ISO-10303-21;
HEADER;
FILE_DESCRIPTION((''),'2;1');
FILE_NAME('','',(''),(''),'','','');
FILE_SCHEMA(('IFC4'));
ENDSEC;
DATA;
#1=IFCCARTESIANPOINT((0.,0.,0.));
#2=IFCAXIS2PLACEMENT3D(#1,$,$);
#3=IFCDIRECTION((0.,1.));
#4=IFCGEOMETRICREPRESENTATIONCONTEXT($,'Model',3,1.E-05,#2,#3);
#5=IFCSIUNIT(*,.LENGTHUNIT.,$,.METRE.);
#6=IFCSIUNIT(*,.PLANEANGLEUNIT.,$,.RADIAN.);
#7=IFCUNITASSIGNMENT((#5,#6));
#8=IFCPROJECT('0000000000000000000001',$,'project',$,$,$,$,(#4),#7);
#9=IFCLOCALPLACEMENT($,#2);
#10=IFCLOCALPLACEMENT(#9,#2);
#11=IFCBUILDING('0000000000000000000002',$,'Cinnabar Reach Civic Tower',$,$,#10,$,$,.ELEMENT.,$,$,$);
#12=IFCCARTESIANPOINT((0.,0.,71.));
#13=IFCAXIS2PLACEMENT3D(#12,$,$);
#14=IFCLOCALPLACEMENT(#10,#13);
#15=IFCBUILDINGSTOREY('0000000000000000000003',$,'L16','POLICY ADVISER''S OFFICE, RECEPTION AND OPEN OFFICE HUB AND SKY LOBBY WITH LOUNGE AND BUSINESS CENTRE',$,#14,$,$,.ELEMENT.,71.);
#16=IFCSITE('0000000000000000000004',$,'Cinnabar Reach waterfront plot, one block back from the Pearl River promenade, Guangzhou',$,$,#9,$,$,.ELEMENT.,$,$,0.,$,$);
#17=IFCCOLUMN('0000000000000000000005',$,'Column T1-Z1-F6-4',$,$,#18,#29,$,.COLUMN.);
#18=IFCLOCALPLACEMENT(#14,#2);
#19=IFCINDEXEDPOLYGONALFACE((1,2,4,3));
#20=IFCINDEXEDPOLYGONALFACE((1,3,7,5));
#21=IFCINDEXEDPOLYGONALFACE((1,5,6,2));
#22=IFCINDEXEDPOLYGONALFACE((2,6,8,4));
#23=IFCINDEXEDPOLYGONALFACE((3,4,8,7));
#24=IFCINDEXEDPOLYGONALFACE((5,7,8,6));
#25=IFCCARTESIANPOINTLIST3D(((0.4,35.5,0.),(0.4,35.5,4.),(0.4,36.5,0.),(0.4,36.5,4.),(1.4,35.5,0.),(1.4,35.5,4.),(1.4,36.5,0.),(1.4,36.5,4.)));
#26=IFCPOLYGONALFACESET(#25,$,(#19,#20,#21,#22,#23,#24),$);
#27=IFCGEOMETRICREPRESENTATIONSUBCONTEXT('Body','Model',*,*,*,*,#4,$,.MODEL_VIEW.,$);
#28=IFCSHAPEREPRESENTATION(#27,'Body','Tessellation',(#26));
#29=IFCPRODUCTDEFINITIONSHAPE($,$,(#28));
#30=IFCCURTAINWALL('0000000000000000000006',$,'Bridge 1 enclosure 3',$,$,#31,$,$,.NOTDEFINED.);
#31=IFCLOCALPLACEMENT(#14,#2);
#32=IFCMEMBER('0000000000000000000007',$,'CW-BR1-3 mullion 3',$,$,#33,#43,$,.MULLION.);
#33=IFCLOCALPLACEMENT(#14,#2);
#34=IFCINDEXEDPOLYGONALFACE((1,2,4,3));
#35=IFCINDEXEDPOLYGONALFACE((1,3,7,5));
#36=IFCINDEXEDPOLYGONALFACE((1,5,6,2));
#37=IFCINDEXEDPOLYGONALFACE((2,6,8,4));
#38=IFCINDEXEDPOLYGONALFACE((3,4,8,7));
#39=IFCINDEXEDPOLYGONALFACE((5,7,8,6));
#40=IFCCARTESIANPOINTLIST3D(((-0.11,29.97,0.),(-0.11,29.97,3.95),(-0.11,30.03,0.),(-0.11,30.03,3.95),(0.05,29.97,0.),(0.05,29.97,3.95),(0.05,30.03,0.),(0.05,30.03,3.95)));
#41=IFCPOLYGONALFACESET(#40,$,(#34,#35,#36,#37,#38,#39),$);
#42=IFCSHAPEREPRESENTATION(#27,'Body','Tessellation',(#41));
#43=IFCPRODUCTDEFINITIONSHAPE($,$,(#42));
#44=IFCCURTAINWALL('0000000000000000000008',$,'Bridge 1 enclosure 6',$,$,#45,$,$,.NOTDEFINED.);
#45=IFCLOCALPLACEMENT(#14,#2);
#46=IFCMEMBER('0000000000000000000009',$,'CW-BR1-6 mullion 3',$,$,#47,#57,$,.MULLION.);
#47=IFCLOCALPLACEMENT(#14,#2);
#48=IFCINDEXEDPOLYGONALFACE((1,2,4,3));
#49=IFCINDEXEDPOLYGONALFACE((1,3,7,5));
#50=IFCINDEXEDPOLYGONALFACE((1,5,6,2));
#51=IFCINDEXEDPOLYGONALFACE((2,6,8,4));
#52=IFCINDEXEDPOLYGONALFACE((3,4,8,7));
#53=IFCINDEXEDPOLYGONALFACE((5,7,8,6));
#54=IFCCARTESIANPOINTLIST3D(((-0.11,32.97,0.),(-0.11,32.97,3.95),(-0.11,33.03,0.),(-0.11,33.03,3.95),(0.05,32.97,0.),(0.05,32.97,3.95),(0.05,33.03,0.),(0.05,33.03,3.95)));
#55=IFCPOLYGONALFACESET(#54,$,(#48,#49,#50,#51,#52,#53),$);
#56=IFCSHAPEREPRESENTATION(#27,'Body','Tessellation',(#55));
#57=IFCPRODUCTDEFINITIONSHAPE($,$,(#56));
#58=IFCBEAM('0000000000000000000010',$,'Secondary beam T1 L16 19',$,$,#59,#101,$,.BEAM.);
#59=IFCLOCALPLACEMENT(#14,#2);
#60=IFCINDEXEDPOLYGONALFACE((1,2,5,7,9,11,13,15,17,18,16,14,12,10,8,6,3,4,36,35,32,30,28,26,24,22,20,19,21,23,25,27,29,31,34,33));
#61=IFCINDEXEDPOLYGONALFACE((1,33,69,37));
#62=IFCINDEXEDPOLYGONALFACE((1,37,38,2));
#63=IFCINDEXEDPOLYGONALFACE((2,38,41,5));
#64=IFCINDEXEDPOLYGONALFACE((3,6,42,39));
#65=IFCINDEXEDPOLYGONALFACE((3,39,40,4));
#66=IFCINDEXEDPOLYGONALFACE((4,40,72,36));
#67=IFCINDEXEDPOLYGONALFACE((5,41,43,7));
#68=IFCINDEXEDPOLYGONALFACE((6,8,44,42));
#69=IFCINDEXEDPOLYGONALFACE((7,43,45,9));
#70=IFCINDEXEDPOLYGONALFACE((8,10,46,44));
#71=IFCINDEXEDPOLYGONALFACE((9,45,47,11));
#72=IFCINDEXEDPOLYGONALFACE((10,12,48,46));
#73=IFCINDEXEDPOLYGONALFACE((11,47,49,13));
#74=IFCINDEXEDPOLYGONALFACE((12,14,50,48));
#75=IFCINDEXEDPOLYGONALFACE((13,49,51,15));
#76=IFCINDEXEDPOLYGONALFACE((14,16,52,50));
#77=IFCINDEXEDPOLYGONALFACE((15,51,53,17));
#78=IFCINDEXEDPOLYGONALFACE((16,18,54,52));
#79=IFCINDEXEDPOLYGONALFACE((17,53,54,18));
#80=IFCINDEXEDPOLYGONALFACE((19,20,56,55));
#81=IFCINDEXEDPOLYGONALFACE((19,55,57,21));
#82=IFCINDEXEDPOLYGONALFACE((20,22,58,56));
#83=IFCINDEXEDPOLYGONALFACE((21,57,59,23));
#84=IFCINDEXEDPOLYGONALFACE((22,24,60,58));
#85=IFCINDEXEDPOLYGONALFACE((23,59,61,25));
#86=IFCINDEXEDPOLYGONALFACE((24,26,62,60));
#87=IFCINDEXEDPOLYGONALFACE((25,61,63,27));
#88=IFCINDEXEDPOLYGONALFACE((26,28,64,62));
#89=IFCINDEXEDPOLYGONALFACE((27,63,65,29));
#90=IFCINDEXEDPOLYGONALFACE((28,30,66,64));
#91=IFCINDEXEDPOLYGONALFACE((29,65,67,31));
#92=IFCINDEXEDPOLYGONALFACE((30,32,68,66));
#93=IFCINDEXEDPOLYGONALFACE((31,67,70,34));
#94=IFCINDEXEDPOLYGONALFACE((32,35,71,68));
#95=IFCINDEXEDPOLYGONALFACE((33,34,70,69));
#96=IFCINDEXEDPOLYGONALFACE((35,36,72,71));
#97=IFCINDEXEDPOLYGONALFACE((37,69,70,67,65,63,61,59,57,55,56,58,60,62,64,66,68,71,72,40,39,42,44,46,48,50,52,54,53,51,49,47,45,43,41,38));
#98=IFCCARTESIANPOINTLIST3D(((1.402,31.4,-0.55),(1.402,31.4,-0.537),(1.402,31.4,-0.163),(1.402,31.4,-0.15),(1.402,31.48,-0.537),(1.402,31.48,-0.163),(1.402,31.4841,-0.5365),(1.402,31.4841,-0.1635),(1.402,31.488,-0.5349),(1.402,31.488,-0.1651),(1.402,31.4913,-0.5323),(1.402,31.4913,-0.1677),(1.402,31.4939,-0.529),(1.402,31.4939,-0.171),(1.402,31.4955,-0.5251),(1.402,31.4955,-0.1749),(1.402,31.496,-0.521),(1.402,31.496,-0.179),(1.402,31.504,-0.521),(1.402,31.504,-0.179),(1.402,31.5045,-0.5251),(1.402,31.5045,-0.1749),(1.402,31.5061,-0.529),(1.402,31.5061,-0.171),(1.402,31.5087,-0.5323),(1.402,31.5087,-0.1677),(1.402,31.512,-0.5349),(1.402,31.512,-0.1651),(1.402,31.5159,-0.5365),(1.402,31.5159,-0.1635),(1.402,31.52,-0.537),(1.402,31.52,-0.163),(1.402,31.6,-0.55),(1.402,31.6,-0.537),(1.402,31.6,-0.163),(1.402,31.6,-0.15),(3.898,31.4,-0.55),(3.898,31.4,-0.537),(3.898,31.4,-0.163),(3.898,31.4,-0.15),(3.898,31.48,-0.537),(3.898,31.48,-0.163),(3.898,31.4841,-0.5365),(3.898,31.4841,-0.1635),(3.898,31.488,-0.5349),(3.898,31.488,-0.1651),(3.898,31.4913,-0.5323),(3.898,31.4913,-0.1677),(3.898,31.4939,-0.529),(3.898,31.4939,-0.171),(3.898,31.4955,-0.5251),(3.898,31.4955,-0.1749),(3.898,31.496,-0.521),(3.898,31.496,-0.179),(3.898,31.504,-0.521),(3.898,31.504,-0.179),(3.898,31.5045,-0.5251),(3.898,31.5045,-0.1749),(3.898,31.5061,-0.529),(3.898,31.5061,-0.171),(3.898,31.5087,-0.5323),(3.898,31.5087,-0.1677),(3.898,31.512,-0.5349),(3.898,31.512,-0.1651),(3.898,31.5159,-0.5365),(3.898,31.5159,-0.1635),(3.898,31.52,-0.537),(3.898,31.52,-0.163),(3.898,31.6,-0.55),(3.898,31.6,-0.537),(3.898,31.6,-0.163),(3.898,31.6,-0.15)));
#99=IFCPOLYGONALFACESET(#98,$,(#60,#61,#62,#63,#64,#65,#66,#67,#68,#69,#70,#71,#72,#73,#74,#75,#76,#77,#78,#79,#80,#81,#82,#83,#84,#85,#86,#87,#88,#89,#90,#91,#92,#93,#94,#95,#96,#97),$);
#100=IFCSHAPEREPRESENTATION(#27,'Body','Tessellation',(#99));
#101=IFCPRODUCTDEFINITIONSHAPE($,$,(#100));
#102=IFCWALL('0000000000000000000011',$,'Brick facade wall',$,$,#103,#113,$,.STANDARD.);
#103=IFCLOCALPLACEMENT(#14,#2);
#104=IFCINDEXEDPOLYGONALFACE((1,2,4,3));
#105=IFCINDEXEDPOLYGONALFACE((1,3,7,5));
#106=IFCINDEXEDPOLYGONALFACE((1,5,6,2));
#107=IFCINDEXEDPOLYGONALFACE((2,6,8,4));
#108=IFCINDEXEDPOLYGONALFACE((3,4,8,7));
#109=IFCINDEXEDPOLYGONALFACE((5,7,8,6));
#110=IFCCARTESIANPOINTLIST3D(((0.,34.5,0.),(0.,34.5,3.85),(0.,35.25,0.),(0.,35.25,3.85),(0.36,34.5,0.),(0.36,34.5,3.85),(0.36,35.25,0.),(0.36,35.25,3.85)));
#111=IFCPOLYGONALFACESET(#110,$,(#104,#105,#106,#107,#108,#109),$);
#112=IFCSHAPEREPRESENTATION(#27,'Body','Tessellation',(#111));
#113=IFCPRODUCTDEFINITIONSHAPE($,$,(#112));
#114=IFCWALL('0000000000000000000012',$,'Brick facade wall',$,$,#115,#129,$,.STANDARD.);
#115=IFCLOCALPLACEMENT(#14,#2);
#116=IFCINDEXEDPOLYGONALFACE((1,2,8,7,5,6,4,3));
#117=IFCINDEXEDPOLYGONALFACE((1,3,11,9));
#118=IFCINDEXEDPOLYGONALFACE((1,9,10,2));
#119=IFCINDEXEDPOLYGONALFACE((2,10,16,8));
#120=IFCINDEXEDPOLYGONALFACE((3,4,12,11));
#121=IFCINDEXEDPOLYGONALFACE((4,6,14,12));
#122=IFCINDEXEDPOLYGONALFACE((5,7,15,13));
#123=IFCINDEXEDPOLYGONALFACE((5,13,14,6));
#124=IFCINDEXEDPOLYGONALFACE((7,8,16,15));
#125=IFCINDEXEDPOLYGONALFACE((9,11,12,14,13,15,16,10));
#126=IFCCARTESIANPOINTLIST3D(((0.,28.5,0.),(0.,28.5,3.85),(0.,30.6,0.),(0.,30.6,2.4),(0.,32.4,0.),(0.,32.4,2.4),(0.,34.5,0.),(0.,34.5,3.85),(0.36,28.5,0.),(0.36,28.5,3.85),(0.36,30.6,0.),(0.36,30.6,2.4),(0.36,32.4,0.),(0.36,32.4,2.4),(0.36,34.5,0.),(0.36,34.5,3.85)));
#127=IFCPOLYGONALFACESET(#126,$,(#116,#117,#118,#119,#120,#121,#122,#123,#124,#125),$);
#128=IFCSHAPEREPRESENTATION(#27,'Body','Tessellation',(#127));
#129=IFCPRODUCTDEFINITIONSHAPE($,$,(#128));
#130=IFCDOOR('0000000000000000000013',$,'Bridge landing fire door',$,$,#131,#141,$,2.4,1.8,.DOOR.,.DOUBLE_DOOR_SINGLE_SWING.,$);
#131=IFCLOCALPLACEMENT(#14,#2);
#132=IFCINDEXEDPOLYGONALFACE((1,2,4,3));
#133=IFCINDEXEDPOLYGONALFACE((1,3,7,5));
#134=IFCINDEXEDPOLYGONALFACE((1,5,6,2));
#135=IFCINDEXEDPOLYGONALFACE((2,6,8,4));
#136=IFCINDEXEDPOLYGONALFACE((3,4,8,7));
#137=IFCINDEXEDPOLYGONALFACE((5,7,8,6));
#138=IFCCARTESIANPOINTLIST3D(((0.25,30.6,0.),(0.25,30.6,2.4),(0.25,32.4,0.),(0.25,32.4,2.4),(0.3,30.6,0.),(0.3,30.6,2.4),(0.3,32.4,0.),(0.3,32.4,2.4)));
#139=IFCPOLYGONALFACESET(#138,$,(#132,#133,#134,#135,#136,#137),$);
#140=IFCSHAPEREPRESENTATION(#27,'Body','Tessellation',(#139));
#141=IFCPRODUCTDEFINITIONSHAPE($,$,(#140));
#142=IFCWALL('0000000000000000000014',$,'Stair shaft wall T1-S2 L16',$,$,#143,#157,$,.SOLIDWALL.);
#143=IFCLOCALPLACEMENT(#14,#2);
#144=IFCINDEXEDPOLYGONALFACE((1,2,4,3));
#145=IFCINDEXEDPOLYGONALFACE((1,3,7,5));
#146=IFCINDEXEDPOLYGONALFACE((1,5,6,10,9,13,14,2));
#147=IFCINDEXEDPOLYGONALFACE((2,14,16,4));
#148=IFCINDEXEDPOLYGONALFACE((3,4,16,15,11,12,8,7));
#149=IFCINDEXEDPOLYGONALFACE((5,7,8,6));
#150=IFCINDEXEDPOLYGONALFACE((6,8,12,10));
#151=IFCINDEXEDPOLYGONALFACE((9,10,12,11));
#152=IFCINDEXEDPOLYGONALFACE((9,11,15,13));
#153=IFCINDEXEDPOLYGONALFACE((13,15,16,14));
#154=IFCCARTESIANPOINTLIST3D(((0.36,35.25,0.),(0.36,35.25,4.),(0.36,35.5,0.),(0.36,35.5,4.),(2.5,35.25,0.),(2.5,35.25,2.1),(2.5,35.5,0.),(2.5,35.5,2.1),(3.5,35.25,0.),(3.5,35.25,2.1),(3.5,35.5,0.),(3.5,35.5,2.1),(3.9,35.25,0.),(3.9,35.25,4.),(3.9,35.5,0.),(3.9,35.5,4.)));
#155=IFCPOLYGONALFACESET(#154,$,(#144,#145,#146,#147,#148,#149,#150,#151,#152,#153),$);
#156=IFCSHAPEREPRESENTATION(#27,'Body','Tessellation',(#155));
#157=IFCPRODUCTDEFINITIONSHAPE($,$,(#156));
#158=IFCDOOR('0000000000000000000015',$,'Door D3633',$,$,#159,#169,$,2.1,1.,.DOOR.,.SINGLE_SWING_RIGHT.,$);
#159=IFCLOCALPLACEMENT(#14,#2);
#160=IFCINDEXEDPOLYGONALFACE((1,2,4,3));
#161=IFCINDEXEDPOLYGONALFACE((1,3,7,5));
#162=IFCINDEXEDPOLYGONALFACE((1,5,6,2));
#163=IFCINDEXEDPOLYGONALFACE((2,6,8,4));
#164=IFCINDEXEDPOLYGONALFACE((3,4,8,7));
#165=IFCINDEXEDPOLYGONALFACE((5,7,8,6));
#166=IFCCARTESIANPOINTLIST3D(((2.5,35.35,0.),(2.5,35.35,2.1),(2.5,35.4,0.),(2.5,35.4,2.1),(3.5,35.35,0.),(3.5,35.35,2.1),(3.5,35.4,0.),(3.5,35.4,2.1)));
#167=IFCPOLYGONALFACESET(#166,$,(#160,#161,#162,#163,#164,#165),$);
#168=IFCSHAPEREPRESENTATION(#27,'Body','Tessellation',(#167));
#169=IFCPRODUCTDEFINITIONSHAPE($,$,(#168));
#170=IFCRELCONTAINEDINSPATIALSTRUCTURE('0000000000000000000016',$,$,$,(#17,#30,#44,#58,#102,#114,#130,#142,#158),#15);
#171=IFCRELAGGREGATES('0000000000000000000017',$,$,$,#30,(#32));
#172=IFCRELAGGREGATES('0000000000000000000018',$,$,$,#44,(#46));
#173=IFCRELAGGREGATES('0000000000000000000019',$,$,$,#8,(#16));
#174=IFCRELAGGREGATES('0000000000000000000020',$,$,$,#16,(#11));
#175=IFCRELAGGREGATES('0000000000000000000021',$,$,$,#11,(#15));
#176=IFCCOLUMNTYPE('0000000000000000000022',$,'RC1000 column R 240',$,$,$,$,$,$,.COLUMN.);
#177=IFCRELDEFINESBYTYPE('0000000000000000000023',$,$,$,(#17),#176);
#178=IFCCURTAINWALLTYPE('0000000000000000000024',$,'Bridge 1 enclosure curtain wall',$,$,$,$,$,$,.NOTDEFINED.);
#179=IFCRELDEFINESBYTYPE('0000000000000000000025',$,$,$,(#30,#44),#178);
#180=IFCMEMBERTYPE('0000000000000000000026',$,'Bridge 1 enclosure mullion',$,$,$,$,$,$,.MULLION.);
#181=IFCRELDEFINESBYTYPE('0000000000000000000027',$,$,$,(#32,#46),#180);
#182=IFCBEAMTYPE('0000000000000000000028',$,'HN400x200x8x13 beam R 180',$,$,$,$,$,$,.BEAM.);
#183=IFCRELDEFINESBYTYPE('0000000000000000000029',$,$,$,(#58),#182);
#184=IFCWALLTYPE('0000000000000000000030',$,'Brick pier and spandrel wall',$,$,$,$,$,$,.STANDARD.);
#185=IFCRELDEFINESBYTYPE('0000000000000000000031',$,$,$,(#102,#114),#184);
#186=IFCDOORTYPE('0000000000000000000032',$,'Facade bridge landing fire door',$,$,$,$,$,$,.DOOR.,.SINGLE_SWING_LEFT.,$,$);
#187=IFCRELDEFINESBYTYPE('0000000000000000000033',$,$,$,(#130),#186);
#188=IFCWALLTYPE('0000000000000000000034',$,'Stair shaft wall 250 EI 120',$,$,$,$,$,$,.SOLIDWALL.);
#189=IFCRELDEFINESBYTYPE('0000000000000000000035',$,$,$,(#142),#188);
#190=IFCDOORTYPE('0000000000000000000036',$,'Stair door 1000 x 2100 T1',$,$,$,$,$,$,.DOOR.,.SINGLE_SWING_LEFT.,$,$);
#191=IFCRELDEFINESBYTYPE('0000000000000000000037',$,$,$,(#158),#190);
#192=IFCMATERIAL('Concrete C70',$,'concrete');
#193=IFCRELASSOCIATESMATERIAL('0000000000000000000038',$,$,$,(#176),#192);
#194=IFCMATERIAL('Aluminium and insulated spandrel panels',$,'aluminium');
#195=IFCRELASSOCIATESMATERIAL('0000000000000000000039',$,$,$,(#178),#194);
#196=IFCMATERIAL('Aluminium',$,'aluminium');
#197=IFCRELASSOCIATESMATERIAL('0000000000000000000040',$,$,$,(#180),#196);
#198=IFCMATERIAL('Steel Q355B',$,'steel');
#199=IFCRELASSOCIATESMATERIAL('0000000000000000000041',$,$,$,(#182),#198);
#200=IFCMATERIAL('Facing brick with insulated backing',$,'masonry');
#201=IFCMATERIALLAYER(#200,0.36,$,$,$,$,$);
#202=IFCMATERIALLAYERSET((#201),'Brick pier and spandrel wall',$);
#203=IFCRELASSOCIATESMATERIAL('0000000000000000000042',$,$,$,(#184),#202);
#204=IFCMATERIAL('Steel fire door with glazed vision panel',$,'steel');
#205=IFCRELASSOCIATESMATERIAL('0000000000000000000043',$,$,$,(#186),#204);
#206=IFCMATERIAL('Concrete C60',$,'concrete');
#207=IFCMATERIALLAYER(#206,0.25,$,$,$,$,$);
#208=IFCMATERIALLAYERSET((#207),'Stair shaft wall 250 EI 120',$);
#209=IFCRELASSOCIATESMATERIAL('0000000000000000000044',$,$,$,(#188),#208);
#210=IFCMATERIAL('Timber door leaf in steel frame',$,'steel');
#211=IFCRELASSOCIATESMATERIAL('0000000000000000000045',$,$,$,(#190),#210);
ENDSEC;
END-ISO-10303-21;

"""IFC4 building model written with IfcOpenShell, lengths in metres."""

from ifc_helpers import new_model, si_unit, direction, frame, frame_2d, origin, origin_2d, place, context, subcontext, project, spatial, rectangle, i_section, extrude, material, layer, layer_set, material_profile, profile_set, type_object, element, fill, aggregate, save


model = new_model("IFC4")

# Units and contexts
model_context = context("Model", 3, precision=1e-05, world=origin(), true_north=direction((0.0, 1.0)))
body_context = subcontext(model_context, "Body", "Model", "MODEL_VIEW")
ifc_project = project(units=[si_unit("LENGTHUNIT", "METRE"), si_unit("PLANEANGLEUNIT", "RADIAN")], contexts=[model_context])

# Site, building, storey
site_placement = place(None, origin())
site = spatial("IfcSite", under=ifc_project, at=site_placement, Name="Cinnabar Reach waterfront plot, one block back from the Pearl River promenade, Guangzhou", CompositionType="ELEMENT", RefElevation=0.0)
building_placement = place(site_placement, origin())
building = spatial("IfcBuilding", under=site, at=building_placement, Name="Cinnabar Reach Civic Tower", CompositionType="ELEMENT")
storey_placement = place(building_placement, frame((0.0, 0.0, 71.0)))
storey = spatial("IfcBuildingStorey", under=building, at=storey_placement, Name="L16", Description="POLICY ADVISER'S OFFICE, RECEPTION AND OPEN OFFICE HUB AND SKY LOBBY WITH LOUNGE AND BUSINESS CENTRE", CompositionType="ELEMENT", Elevation=71.0)

# Column
ifc_material_1 = material(Name="Concrete C70", Category="concrete")
ifc_material_profile_1 = material_profile(ifc_material_1, rectangle(XDim=1.0, YDim=1.0, at=origin_2d()), Name="RC1000")
ifc_profile_set_1 = profile_set([ifc_material_profile_1], Name="Concrete C70")
column_type = type_object("IfcColumnType", Name="RC1000 column R 240", PredefinedType="COLUMN", material=ifc_profile_set_1)
column_placement = place(storey_placement, frame((0.9, 36.0, 0.0), z_axis=(0.0, 0.0, 1.0), x_axis=(1.0, 0.0, 0.0)))
element("IfcColumn", 1, at=column_placement, inside=storey, type_object=column_type, Name="Column T1-Z1-F6-4", PredefinedType="COLUMN", context=body_context, shape_type="SweptSolid", body=[
    extrude(rectangle(XDim=1.0, YDim=1.0, at=origin_2d()), origin(), (0.0, 0.0, 1.0), 4.0),
])

# Curtain walls, members
ifc_material_2 = material(Name="Aluminium and insulated spandrel panels", Category="aluminium")
curtain_wall_type = type_object("IfcCurtainWallType", Name="Bridge 1 enclosure curtain wall", PredefinedType="NOTDEFINED", material=ifc_material_2)
curtain_wall_1_placement = place(storey_placement, origin())
curtain_wall_1 = element("IfcCurtainWall", 2, at=curtain_wall_1_placement, inside=storey, type_object=curtain_wall_type, Name="Bridge 1 enclosure 3", PredefinedType="NOTDEFINED")
ifc_material_3 = material(Name="Aluminium", Category="aluminium")
ifc_material_profile_2 = material_profile(ifc_material_3, rectangle(XDim=0.06, YDim=0.16, at=origin_2d()), Name="Bridge 1 enclosure mullion")
ifc_profile_set_2 = profile_set([ifc_material_profile_2], Name="Aluminium")
member_type = type_object("IfcMemberType", Name="Bridge 1 enclosure mullion", PredefinedType="MULLION", material=ifc_profile_set_2)
member_1_placement = place(storey_placement, frame((-0.03, 30.0, 0.0), z_axis=(0.0, 0.0, 1.0), x_axis=(0.0, 1.0, 0.0)))
member_1 = element("IfcMember", 3, at=member_1_placement, type_object=member_type, Name="CW-BR1-3 mullion 3", PredefinedType="MULLION", context=body_context, shape_type="SweptSolid", body=[
    extrude(rectangle(XDim=0.06, YDim=0.16, at=origin_2d()), origin(), (0.0, 0.0, 1.0), 3.95),
])
aggregate(curtain_wall_1, [member_1])
curtain_wall_2_placement = place(storey_placement, origin())
curtain_wall_2 = element("IfcCurtainWall", 4, at=curtain_wall_2_placement, inside=storey, type_object=curtain_wall_type, Name="Bridge 1 enclosure 6", PredefinedType="NOTDEFINED")
member_2_placement = place(storey_placement, frame((-0.03, 33.0, 0.0), z_axis=(0.0, 0.0, 1.0), x_axis=(0.0, 1.0, 0.0)))
member_2 = element("IfcMember", 5, at=member_2_placement, type_object=member_type, Name="CW-BR1-6 mullion 3", PredefinedType="MULLION", context=body_context, shape_type="SweptSolid", body=[
    extrude(rectangle(XDim=0.06, YDim=0.16, at=origin_2d()), origin(), (0.0, 0.0, 1.0), 3.95),
])
aggregate(curtain_wall_2, [member_2])

# Beam
ifc_material_4 = material(Name="Steel Q355B", Category="steel")
ifc_material_profile_3 = material_profile(ifc_material_4, i_section(OverallWidth=0.2, OverallDepth=0.4, WebThickness=0.008, FlangeThickness=0.013, FilletRadius=0.016, at=origin_2d()), Name="HN400x200x8x13")
ifc_profile_set_3 = profile_set([ifc_material_profile_3], Name="Steel Q355B")
beam_type = type_object("IfcBeamType", Name="HN400x200x8x13 beam R 180", PredefinedType="BEAM", material=ifc_profile_set_3)
beam_placement = place(storey_placement, frame((1.402, 31.5, -0.35), z_axis=(1.0, 0.0, 0.0), x_axis=(0.0, 1.0, 0.0)))
element("IfcBeam", 6, at=beam_placement, inside=storey, type_object=beam_type, Name="Secondary beam T1 L16 19", PredefinedType="BEAM", context=body_context, shape_type="SweptSolid", body=[
    extrude(i_section(OverallWidth=0.2, OverallDepth=0.4, WebThickness=0.008, FlangeThickness=0.013, FilletRadius=0.016, at=origin_2d()), origin(), (0.0, 0.0, 1.0), 2.496),
])

# Wall
ifc_material_5 = material(Name="Facing brick with insulated backing", Category="masonry")
ifc_layer_1 = layer(ifc_material_5, 0.36)
ifc_layer_set_1 = layer_set([ifc_layer_1], Name="Brick pier and spandrel wall")
wall_type_1 = type_object("IfcWallType", Name="Brick pier and spandrel wall", PredefinedType="STANDARD", material=ifc_layer_set_1)
wall_1_placement = place(storey_placement, frame((0.18, 35.25, 0.0), z_axis=(0.0, 0.0, 1.0), x_axis=(0.0, -1.0, 0.0)))
element("IfcWall", 7, at=wall_1_placement, inside=storey, type_object=wall_type_1, Name="Brick facade wall", PredefinedType="STANDARD", context=body_context, shape_type="SweptSolid", body=[
    extrude(rectangle(XDim=0.75, YDim=0.36, at=frame_2d((0.375, 0.0))), origin(), (0.0, 0.0, 1.0), 3.85),
])

# Walls, openings, doors
wall_2_placement = place(storey_placement, frame((0.18, 34.5, 0.0), z_axis=(0.0, 0.0, 1.0), x_axis=(0.0, -1.0, 0.0)))
wall_2 = element("IfcWall", 8, at=wall_2_placement, inside=storey, type_object=wall_type_1, Name="Brick facade wall", PredefinedType="STANDARD", context=body_context, shape_type="SweptSolid", body=[
    extrude(rectangle(XDim=6.0, YDim=0.36, at=frame_2d((3.0, 0.0))), origin(), (0.0, 0.0, 1.0), 3.85),
])
opening_1_placement = place(wall_2_placement, frame((2.1, 0.0, 0.0)))
opening_1 = element("IfcOpeningElement", 9, at=opening_1_placement, cuts=wall_2, PredefinedType="OPENING", context=body_context, shape_type="SweptSolid", body=[
    extrude(rectangle(XDim=1.8, YDim=2.4, at=frame_2d((0.9, 1.2))), frame((0.0, 0.19, 0.0), z_axis=(0.0, -1.0, 0.0), x_axis=(1.0, 0.0, 0.0)), (0.0, 0.0, 1.0), 0.38),
])
ifc_material_6 = material(Name="Steel fire door with glazed vision panel", Category="steel")
door_type_1 = type_object("IfcDoorType", Name="Facade bridge landing fire door", OperationType="SINGLE_SWING_LEFT", PredefinedType="DOOR", material=ifc_material_6)
door_1_placement = place(opening_1_placement, frame((1.8, 0.0, 0.0), z_axis=(0.0, 0.0, 1.0), x_axis=(-1.0, 0.0, 0.0)))
door_1 = element("IfcDoor", 10, at=door_1_placement, inside=storey, type_object=door_type_1, Name="Bridge landing fire door", OperationType="DOUBLE_DOOR_SINGLE_SWING", OverallHeight=2.4, OverallWidth=1.8, PredefinedType="DOOR", context=body_context, shape_type="SweptSolid", body=[
    extrude(rectangle(XDim=1.8, YDim=2.4, at=frame_2d((0.9, 1.2))), frame((0.0, -0.07, 0.0), z_axis=(0.0, -1.0, 0.0), x_axis=(1.0, 0.0, 0.0)), (0.0, 0.0, 1.0), 0.05),
])
fill(opening_1, door_1)
ifc_material_7 = material(Name="Concrete C60", Category="concrete")
ifc_layer_2 = layer(ifc_material_7, 0.25)
ifc_layer_set_2 = layer_set([ifc_layer_2], Name="Stair shaft wall 250 EI 120")
wall_type_2 = type_object("IfcWallType", Name="Stair shaft wall 250 EI 120", PredefinedType="SOLIDWALL", material=ifc_layer_set_2)
wall_3_placement = place(storey_placement, frame((0.36, 35.375, 0.0), z_axis=(0.0, 0.0, 1.0), x_axis=(1.0, 0.0, 0.0)))
wall_3 = element("IfcWall", 11, at=wall_3_placement, inside=storey, type_object=wall_type_2, Name="Stair shaft wall T1-S2 L16", PredefinedType="SOLIDWALL", context=body_context, shape_type="SweptSolid", body=[
    extrude(rectangle(XDim=3.54, YDim=0.25, at=frame_2d((1.77, 0.0))), origin(), (0.0, 0.0, 1.0), 4.0),
])
opening_2_placement = place(wall_3_placement, frame((2.14, 0.0, 0.0)))
opening_2 = element("IfcOpeningElement", 12, at=opening_2_placement, cuts=wall_3, PredefinedType="OPENING", context=body_context, shape_type="SweptSolid", body=[
    extrude(rectangle(XDim=1.0, YDim=2.1, at=frame_2d((0.5, 1.05))), frame((0.0, 0.135, 0.0), z_axis=(0.0, -1.0, 0.0), x_axis=(1.0, 0.0, 0.0)), (0.0, 0.0, 1.0), 0.27),
])
ifc_material_8 = material(Name="Timber door leaf in steel frame", Category="steel")
door_type_2 = type_object("IfcDoorType", Name="Stair door 1000 x 2100 T1", OperationType="SINGLE_SWING_LEFT", PredefinedType="DOOR", material=ifc_material_8)
door_2_placement = place(opening_2_placement, origin())
door_2 = element("IfcDoor", 13, at=door_2_placement, inside=storey, type_object=door_type_2, Name="Door D3633", OperationType="SINGLE_SWING_RIGHT", OverallHeight=2.1, OverallWidth=1.0, PredefinedType="DOOR", context=body_context, shape_type="SweptSolid", body=[
    extrude(rectangle(XDim=1.0, YDim=2.1, at=frame_2d((0.5, 1.05))), frame((0.0, 0.025, 0.0), z_axis=(0.0, -1.0, 0.0), x_axis=(1.0, 0.0, 0.0)), (0.0, 0.0, 1.0), 0.05),
])
fill(opening_2, door_2)

save(model, "model.ifc")
